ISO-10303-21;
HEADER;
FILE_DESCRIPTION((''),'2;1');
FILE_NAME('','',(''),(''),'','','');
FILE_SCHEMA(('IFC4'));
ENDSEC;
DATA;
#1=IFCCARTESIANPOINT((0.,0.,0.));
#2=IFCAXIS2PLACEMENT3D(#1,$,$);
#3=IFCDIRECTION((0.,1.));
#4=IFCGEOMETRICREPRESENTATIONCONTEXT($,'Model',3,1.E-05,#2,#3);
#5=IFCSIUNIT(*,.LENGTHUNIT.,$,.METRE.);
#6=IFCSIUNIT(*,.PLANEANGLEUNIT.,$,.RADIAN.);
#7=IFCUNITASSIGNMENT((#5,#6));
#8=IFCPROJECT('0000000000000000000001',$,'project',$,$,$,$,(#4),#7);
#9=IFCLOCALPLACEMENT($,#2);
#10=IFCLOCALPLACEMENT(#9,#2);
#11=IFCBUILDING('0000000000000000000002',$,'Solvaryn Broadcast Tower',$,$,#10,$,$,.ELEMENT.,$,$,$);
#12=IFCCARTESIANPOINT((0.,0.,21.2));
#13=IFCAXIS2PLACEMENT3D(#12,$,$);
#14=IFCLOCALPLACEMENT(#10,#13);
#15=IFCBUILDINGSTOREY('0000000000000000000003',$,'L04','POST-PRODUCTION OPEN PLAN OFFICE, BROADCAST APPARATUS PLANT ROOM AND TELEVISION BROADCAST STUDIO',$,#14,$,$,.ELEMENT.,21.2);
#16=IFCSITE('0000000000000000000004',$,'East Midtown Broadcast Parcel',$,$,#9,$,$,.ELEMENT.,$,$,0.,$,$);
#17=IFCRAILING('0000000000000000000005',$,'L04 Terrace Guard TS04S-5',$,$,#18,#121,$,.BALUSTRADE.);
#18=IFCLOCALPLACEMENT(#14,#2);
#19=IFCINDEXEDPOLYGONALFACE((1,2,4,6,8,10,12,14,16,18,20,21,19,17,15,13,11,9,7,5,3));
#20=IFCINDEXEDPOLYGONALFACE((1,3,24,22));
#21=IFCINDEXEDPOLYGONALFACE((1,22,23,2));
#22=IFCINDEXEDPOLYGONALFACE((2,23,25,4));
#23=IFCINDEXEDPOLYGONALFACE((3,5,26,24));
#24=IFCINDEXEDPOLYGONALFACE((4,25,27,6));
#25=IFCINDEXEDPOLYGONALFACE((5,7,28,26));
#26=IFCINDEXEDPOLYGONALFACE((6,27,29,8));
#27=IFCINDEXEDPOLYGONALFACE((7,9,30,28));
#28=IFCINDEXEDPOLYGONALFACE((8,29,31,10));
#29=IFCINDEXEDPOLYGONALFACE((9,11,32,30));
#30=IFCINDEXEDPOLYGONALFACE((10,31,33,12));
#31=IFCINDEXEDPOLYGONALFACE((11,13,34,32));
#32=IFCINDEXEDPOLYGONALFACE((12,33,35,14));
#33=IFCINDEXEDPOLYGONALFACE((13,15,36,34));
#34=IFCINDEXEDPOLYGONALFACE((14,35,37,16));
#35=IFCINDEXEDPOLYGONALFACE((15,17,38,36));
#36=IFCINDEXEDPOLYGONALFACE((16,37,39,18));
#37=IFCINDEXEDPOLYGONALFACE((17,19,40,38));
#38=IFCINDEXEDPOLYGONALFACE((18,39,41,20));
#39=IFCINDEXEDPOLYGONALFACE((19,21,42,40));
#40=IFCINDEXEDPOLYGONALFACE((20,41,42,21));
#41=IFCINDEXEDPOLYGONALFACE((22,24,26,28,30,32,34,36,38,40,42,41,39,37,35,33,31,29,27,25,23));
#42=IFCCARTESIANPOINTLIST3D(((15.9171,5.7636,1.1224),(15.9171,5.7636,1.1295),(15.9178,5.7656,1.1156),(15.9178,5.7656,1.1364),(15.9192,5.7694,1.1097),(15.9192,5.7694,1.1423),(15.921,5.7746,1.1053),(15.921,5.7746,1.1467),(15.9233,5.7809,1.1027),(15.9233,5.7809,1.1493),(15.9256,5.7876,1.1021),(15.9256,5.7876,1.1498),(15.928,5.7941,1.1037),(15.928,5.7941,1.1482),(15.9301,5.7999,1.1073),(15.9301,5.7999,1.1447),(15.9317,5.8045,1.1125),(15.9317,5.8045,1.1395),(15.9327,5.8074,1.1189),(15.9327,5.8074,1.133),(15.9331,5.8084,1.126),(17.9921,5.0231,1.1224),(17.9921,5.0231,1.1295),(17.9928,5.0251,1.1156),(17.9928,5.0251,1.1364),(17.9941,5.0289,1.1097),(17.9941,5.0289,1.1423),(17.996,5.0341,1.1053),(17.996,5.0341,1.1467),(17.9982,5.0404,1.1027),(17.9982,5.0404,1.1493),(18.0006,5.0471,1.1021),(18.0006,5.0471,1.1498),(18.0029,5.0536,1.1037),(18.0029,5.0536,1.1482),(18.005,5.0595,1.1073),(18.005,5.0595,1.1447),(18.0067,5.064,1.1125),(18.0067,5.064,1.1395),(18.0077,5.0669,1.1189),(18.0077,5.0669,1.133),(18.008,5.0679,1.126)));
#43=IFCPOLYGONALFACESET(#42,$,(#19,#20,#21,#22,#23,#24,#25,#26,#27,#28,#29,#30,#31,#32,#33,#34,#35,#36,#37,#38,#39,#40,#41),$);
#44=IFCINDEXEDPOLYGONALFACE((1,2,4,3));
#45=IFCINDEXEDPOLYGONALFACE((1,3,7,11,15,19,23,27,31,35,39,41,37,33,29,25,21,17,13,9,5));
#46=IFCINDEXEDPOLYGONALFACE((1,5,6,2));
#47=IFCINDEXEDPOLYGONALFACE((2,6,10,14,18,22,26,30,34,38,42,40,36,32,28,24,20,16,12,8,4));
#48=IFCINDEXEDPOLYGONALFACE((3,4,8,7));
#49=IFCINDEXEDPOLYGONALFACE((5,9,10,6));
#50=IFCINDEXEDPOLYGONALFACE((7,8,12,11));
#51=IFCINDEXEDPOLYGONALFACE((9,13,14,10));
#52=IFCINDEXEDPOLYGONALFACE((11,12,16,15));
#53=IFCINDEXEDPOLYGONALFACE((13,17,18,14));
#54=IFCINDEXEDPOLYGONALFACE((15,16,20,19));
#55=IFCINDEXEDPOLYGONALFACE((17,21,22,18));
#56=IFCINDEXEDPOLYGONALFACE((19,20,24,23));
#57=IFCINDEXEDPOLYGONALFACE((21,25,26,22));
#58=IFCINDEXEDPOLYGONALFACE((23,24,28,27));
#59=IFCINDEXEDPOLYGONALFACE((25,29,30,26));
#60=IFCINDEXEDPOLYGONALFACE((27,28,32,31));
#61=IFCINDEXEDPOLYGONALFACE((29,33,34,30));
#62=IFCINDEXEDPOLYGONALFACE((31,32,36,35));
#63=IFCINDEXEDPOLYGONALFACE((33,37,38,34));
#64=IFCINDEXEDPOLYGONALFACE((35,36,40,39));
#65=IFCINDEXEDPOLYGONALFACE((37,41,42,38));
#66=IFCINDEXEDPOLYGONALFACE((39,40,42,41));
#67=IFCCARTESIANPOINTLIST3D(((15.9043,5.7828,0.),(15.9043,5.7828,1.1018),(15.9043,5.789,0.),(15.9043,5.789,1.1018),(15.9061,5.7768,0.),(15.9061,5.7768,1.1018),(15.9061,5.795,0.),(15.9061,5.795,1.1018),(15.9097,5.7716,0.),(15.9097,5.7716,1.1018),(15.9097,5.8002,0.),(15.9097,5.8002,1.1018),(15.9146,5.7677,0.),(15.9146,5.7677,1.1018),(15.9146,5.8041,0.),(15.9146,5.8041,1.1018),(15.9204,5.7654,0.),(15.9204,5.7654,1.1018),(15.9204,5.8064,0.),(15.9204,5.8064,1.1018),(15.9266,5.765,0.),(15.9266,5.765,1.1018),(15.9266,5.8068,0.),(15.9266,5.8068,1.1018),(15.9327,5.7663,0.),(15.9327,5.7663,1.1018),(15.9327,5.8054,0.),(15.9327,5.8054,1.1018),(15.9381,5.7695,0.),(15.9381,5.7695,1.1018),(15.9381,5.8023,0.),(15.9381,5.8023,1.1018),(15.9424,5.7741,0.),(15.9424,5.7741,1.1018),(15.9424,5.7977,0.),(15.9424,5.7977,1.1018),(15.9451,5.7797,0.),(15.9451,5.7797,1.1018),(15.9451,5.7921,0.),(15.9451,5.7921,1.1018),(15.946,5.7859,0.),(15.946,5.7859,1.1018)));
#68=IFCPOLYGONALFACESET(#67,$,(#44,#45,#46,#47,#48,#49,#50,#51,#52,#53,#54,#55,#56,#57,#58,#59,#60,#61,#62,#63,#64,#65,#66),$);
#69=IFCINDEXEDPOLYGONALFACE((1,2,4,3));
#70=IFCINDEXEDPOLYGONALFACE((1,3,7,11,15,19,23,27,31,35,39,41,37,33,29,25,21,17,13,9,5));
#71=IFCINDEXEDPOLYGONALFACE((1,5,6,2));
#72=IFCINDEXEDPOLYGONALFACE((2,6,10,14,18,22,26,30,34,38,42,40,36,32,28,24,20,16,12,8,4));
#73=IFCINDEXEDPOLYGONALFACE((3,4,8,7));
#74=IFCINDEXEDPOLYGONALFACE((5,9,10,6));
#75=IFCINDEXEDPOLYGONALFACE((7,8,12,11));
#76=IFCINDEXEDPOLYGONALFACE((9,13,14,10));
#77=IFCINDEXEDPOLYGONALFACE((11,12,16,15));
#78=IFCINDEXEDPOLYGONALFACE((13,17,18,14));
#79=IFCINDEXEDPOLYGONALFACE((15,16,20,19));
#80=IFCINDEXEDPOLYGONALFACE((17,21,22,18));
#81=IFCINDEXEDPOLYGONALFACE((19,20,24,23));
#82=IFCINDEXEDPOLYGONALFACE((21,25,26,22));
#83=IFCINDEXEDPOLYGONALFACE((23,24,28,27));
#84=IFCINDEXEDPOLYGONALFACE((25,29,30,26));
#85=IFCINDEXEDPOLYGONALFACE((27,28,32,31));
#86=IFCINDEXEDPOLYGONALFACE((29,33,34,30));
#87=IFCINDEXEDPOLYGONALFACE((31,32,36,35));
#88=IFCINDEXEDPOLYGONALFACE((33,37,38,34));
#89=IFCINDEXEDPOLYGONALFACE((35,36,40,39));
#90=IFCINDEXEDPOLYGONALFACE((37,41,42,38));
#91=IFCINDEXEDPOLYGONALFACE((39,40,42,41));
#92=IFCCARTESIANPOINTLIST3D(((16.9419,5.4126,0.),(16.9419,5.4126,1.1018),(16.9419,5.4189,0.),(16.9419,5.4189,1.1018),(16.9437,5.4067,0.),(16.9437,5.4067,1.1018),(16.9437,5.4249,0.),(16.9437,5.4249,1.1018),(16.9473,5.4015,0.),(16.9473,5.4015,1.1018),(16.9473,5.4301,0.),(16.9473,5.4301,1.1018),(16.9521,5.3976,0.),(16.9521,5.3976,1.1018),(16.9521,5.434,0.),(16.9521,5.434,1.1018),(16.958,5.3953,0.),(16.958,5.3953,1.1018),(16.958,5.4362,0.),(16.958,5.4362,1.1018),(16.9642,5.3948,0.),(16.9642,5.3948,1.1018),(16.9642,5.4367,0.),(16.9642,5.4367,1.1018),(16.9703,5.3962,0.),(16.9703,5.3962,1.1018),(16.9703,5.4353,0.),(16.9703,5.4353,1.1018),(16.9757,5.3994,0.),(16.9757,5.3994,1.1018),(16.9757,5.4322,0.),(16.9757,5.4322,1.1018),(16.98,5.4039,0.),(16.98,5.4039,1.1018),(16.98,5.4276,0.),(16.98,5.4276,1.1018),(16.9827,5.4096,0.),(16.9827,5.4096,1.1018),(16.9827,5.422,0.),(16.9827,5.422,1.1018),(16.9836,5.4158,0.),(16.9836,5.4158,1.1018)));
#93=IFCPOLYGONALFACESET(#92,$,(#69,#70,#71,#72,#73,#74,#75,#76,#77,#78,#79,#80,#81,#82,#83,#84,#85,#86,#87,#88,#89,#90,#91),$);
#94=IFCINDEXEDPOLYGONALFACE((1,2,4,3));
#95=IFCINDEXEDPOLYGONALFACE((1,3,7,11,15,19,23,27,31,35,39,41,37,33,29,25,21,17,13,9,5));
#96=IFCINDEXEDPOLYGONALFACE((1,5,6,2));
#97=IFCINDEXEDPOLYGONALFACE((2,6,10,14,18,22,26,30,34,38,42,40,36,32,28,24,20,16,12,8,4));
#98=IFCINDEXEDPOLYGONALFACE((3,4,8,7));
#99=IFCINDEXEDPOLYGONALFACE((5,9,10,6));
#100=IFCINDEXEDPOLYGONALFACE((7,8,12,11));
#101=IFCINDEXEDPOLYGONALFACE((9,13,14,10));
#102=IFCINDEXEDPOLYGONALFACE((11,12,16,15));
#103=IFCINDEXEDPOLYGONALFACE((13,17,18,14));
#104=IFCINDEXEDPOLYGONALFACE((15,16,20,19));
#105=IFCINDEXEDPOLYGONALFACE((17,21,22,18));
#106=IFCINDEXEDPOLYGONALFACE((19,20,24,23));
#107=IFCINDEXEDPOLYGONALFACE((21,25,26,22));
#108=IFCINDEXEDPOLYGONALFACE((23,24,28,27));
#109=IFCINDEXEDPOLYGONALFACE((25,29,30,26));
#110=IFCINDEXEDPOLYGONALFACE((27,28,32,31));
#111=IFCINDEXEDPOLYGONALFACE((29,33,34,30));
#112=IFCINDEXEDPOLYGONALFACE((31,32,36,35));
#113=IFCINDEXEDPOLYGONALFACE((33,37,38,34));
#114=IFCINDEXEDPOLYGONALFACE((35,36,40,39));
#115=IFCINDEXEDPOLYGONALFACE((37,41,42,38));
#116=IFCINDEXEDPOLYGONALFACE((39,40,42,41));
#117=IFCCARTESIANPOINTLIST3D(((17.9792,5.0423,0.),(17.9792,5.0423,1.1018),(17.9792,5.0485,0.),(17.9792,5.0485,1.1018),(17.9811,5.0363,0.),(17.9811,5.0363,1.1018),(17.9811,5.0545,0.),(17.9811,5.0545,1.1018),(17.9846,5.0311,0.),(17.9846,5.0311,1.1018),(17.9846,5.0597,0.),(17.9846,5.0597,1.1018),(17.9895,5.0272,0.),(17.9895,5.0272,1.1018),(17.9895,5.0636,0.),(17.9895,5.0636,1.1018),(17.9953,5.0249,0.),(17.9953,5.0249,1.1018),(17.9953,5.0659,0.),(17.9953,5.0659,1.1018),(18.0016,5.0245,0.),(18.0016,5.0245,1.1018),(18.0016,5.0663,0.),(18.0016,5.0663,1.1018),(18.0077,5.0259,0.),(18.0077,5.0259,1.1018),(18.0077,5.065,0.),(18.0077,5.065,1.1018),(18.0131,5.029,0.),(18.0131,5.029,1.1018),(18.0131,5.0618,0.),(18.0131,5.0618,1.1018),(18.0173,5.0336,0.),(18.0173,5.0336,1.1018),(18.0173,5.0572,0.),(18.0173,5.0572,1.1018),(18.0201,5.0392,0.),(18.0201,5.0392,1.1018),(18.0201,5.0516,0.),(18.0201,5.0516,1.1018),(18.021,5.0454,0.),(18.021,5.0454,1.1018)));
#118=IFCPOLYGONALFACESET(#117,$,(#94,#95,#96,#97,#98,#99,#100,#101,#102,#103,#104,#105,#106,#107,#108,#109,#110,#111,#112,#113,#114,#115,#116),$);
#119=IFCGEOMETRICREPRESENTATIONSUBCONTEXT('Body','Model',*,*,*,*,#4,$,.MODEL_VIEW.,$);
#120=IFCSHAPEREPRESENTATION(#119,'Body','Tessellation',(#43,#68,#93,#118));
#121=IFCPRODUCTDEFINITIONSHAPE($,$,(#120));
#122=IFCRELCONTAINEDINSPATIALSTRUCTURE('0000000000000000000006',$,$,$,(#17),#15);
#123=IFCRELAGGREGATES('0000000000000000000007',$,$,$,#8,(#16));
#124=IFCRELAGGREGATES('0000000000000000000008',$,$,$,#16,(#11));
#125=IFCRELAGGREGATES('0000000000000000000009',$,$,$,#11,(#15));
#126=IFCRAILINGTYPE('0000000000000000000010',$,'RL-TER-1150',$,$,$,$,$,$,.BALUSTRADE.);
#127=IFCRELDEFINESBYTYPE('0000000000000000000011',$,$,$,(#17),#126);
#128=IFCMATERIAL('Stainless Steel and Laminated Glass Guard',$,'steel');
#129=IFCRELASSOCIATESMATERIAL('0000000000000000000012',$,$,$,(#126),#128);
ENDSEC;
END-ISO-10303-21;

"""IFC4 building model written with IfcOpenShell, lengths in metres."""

from ifc_helpers import new_model, si_unit, direction, frame, origin, origin_2d, place, context, subcontext, project, spatial, circle, extrude, material, type_object, element, save


model = new_model("IFC4")

# Units and contexts
model_context = context("Model", 3, precision=1e-05, world=origin(), true_north=direction((0.0, 1.0)))
body_context = subcontext(model_context, "Body", "Model", "MODEL_VIEW")
ifc_project = project(units=[si_unit("LENGTHUNIT", "METRE"), si_unit("PLANEANGLEUNIT", "RADIAN")], contexts=[model_context])

# Site, building, storey
site_placement = place(None, origin())
site = spatial("IfcSite", under=ifc_project, at=site_placement, Name="East Midtown Broadcast Parcel", CompositionType="ELEMENT", RefElevation=0.0)
building_placement = place(site_placement, origin())
building = spatial("IfcBuilding", under=site, at=building_placement, Name="Solvaryn Broadcast Tower", CompositionType="ELEMENT")
storey_placement = place(building_placement, frame((0.0, 0.0, 21.2)))
storey = spatial("IfcBuildingStorey", under=building, at=storey_placement, Name="L04", Description="POST-PRODUCTION OPEN PLAN OFFICE, BROADCAST APPARATUS PLANT ROOM AND TELEVISION BROADCAST STUDIO", CompositionType="ELEMENT", Elevation=21.2)

# Railing
ifc_material_1 = material(Name="Stainless Steel and Laminated Glass Guard", Category="steel")
railing_type = type_object("IfcRailingType", Name="RL-TER-1150", PredefinedType="BALUSTRADE", material=ifc_material_1)
railing_1_placement = place(storey_placement, frame((15.925, 5.7859, 0.0)))
element("IfcRailing", 1, at=railing_1_placement, inside=storey, type_object=railing_type, Name="L04 Terrace Guard TS04S-5", PredefinedType="BALUSTRADE", context=body_context, shape_type="SweptSolid", body=[
    extrude(circle(Radius=0.0239, at=origin_2d()), frame((0.0, 0.0, 1.126), z_axis=(0.941825, -0.336105, 0.0), x_axis=(0.336105, 0.941825, 0.0)), (0.0, 0.0, 1.0), 2.2031),
    extrude(circle(Radius=0.021, at=origin_2d()), origin(), (0.0, 0.0, 1.0), 1.1018),
    extrude(circle(Radius=0.021, at=origin_2d()), frame((1.0376, -0.3701, 0.0)), (0.0, 0.0, 1.0), 1.1018),
    extrude(circle(Radius=0.021, at=origin_2d()), frame((2.075, -0.7405, 0.0)), (0.0, 0.0, 1.0), 1.1018),
])

save(model, "model.ifc")
